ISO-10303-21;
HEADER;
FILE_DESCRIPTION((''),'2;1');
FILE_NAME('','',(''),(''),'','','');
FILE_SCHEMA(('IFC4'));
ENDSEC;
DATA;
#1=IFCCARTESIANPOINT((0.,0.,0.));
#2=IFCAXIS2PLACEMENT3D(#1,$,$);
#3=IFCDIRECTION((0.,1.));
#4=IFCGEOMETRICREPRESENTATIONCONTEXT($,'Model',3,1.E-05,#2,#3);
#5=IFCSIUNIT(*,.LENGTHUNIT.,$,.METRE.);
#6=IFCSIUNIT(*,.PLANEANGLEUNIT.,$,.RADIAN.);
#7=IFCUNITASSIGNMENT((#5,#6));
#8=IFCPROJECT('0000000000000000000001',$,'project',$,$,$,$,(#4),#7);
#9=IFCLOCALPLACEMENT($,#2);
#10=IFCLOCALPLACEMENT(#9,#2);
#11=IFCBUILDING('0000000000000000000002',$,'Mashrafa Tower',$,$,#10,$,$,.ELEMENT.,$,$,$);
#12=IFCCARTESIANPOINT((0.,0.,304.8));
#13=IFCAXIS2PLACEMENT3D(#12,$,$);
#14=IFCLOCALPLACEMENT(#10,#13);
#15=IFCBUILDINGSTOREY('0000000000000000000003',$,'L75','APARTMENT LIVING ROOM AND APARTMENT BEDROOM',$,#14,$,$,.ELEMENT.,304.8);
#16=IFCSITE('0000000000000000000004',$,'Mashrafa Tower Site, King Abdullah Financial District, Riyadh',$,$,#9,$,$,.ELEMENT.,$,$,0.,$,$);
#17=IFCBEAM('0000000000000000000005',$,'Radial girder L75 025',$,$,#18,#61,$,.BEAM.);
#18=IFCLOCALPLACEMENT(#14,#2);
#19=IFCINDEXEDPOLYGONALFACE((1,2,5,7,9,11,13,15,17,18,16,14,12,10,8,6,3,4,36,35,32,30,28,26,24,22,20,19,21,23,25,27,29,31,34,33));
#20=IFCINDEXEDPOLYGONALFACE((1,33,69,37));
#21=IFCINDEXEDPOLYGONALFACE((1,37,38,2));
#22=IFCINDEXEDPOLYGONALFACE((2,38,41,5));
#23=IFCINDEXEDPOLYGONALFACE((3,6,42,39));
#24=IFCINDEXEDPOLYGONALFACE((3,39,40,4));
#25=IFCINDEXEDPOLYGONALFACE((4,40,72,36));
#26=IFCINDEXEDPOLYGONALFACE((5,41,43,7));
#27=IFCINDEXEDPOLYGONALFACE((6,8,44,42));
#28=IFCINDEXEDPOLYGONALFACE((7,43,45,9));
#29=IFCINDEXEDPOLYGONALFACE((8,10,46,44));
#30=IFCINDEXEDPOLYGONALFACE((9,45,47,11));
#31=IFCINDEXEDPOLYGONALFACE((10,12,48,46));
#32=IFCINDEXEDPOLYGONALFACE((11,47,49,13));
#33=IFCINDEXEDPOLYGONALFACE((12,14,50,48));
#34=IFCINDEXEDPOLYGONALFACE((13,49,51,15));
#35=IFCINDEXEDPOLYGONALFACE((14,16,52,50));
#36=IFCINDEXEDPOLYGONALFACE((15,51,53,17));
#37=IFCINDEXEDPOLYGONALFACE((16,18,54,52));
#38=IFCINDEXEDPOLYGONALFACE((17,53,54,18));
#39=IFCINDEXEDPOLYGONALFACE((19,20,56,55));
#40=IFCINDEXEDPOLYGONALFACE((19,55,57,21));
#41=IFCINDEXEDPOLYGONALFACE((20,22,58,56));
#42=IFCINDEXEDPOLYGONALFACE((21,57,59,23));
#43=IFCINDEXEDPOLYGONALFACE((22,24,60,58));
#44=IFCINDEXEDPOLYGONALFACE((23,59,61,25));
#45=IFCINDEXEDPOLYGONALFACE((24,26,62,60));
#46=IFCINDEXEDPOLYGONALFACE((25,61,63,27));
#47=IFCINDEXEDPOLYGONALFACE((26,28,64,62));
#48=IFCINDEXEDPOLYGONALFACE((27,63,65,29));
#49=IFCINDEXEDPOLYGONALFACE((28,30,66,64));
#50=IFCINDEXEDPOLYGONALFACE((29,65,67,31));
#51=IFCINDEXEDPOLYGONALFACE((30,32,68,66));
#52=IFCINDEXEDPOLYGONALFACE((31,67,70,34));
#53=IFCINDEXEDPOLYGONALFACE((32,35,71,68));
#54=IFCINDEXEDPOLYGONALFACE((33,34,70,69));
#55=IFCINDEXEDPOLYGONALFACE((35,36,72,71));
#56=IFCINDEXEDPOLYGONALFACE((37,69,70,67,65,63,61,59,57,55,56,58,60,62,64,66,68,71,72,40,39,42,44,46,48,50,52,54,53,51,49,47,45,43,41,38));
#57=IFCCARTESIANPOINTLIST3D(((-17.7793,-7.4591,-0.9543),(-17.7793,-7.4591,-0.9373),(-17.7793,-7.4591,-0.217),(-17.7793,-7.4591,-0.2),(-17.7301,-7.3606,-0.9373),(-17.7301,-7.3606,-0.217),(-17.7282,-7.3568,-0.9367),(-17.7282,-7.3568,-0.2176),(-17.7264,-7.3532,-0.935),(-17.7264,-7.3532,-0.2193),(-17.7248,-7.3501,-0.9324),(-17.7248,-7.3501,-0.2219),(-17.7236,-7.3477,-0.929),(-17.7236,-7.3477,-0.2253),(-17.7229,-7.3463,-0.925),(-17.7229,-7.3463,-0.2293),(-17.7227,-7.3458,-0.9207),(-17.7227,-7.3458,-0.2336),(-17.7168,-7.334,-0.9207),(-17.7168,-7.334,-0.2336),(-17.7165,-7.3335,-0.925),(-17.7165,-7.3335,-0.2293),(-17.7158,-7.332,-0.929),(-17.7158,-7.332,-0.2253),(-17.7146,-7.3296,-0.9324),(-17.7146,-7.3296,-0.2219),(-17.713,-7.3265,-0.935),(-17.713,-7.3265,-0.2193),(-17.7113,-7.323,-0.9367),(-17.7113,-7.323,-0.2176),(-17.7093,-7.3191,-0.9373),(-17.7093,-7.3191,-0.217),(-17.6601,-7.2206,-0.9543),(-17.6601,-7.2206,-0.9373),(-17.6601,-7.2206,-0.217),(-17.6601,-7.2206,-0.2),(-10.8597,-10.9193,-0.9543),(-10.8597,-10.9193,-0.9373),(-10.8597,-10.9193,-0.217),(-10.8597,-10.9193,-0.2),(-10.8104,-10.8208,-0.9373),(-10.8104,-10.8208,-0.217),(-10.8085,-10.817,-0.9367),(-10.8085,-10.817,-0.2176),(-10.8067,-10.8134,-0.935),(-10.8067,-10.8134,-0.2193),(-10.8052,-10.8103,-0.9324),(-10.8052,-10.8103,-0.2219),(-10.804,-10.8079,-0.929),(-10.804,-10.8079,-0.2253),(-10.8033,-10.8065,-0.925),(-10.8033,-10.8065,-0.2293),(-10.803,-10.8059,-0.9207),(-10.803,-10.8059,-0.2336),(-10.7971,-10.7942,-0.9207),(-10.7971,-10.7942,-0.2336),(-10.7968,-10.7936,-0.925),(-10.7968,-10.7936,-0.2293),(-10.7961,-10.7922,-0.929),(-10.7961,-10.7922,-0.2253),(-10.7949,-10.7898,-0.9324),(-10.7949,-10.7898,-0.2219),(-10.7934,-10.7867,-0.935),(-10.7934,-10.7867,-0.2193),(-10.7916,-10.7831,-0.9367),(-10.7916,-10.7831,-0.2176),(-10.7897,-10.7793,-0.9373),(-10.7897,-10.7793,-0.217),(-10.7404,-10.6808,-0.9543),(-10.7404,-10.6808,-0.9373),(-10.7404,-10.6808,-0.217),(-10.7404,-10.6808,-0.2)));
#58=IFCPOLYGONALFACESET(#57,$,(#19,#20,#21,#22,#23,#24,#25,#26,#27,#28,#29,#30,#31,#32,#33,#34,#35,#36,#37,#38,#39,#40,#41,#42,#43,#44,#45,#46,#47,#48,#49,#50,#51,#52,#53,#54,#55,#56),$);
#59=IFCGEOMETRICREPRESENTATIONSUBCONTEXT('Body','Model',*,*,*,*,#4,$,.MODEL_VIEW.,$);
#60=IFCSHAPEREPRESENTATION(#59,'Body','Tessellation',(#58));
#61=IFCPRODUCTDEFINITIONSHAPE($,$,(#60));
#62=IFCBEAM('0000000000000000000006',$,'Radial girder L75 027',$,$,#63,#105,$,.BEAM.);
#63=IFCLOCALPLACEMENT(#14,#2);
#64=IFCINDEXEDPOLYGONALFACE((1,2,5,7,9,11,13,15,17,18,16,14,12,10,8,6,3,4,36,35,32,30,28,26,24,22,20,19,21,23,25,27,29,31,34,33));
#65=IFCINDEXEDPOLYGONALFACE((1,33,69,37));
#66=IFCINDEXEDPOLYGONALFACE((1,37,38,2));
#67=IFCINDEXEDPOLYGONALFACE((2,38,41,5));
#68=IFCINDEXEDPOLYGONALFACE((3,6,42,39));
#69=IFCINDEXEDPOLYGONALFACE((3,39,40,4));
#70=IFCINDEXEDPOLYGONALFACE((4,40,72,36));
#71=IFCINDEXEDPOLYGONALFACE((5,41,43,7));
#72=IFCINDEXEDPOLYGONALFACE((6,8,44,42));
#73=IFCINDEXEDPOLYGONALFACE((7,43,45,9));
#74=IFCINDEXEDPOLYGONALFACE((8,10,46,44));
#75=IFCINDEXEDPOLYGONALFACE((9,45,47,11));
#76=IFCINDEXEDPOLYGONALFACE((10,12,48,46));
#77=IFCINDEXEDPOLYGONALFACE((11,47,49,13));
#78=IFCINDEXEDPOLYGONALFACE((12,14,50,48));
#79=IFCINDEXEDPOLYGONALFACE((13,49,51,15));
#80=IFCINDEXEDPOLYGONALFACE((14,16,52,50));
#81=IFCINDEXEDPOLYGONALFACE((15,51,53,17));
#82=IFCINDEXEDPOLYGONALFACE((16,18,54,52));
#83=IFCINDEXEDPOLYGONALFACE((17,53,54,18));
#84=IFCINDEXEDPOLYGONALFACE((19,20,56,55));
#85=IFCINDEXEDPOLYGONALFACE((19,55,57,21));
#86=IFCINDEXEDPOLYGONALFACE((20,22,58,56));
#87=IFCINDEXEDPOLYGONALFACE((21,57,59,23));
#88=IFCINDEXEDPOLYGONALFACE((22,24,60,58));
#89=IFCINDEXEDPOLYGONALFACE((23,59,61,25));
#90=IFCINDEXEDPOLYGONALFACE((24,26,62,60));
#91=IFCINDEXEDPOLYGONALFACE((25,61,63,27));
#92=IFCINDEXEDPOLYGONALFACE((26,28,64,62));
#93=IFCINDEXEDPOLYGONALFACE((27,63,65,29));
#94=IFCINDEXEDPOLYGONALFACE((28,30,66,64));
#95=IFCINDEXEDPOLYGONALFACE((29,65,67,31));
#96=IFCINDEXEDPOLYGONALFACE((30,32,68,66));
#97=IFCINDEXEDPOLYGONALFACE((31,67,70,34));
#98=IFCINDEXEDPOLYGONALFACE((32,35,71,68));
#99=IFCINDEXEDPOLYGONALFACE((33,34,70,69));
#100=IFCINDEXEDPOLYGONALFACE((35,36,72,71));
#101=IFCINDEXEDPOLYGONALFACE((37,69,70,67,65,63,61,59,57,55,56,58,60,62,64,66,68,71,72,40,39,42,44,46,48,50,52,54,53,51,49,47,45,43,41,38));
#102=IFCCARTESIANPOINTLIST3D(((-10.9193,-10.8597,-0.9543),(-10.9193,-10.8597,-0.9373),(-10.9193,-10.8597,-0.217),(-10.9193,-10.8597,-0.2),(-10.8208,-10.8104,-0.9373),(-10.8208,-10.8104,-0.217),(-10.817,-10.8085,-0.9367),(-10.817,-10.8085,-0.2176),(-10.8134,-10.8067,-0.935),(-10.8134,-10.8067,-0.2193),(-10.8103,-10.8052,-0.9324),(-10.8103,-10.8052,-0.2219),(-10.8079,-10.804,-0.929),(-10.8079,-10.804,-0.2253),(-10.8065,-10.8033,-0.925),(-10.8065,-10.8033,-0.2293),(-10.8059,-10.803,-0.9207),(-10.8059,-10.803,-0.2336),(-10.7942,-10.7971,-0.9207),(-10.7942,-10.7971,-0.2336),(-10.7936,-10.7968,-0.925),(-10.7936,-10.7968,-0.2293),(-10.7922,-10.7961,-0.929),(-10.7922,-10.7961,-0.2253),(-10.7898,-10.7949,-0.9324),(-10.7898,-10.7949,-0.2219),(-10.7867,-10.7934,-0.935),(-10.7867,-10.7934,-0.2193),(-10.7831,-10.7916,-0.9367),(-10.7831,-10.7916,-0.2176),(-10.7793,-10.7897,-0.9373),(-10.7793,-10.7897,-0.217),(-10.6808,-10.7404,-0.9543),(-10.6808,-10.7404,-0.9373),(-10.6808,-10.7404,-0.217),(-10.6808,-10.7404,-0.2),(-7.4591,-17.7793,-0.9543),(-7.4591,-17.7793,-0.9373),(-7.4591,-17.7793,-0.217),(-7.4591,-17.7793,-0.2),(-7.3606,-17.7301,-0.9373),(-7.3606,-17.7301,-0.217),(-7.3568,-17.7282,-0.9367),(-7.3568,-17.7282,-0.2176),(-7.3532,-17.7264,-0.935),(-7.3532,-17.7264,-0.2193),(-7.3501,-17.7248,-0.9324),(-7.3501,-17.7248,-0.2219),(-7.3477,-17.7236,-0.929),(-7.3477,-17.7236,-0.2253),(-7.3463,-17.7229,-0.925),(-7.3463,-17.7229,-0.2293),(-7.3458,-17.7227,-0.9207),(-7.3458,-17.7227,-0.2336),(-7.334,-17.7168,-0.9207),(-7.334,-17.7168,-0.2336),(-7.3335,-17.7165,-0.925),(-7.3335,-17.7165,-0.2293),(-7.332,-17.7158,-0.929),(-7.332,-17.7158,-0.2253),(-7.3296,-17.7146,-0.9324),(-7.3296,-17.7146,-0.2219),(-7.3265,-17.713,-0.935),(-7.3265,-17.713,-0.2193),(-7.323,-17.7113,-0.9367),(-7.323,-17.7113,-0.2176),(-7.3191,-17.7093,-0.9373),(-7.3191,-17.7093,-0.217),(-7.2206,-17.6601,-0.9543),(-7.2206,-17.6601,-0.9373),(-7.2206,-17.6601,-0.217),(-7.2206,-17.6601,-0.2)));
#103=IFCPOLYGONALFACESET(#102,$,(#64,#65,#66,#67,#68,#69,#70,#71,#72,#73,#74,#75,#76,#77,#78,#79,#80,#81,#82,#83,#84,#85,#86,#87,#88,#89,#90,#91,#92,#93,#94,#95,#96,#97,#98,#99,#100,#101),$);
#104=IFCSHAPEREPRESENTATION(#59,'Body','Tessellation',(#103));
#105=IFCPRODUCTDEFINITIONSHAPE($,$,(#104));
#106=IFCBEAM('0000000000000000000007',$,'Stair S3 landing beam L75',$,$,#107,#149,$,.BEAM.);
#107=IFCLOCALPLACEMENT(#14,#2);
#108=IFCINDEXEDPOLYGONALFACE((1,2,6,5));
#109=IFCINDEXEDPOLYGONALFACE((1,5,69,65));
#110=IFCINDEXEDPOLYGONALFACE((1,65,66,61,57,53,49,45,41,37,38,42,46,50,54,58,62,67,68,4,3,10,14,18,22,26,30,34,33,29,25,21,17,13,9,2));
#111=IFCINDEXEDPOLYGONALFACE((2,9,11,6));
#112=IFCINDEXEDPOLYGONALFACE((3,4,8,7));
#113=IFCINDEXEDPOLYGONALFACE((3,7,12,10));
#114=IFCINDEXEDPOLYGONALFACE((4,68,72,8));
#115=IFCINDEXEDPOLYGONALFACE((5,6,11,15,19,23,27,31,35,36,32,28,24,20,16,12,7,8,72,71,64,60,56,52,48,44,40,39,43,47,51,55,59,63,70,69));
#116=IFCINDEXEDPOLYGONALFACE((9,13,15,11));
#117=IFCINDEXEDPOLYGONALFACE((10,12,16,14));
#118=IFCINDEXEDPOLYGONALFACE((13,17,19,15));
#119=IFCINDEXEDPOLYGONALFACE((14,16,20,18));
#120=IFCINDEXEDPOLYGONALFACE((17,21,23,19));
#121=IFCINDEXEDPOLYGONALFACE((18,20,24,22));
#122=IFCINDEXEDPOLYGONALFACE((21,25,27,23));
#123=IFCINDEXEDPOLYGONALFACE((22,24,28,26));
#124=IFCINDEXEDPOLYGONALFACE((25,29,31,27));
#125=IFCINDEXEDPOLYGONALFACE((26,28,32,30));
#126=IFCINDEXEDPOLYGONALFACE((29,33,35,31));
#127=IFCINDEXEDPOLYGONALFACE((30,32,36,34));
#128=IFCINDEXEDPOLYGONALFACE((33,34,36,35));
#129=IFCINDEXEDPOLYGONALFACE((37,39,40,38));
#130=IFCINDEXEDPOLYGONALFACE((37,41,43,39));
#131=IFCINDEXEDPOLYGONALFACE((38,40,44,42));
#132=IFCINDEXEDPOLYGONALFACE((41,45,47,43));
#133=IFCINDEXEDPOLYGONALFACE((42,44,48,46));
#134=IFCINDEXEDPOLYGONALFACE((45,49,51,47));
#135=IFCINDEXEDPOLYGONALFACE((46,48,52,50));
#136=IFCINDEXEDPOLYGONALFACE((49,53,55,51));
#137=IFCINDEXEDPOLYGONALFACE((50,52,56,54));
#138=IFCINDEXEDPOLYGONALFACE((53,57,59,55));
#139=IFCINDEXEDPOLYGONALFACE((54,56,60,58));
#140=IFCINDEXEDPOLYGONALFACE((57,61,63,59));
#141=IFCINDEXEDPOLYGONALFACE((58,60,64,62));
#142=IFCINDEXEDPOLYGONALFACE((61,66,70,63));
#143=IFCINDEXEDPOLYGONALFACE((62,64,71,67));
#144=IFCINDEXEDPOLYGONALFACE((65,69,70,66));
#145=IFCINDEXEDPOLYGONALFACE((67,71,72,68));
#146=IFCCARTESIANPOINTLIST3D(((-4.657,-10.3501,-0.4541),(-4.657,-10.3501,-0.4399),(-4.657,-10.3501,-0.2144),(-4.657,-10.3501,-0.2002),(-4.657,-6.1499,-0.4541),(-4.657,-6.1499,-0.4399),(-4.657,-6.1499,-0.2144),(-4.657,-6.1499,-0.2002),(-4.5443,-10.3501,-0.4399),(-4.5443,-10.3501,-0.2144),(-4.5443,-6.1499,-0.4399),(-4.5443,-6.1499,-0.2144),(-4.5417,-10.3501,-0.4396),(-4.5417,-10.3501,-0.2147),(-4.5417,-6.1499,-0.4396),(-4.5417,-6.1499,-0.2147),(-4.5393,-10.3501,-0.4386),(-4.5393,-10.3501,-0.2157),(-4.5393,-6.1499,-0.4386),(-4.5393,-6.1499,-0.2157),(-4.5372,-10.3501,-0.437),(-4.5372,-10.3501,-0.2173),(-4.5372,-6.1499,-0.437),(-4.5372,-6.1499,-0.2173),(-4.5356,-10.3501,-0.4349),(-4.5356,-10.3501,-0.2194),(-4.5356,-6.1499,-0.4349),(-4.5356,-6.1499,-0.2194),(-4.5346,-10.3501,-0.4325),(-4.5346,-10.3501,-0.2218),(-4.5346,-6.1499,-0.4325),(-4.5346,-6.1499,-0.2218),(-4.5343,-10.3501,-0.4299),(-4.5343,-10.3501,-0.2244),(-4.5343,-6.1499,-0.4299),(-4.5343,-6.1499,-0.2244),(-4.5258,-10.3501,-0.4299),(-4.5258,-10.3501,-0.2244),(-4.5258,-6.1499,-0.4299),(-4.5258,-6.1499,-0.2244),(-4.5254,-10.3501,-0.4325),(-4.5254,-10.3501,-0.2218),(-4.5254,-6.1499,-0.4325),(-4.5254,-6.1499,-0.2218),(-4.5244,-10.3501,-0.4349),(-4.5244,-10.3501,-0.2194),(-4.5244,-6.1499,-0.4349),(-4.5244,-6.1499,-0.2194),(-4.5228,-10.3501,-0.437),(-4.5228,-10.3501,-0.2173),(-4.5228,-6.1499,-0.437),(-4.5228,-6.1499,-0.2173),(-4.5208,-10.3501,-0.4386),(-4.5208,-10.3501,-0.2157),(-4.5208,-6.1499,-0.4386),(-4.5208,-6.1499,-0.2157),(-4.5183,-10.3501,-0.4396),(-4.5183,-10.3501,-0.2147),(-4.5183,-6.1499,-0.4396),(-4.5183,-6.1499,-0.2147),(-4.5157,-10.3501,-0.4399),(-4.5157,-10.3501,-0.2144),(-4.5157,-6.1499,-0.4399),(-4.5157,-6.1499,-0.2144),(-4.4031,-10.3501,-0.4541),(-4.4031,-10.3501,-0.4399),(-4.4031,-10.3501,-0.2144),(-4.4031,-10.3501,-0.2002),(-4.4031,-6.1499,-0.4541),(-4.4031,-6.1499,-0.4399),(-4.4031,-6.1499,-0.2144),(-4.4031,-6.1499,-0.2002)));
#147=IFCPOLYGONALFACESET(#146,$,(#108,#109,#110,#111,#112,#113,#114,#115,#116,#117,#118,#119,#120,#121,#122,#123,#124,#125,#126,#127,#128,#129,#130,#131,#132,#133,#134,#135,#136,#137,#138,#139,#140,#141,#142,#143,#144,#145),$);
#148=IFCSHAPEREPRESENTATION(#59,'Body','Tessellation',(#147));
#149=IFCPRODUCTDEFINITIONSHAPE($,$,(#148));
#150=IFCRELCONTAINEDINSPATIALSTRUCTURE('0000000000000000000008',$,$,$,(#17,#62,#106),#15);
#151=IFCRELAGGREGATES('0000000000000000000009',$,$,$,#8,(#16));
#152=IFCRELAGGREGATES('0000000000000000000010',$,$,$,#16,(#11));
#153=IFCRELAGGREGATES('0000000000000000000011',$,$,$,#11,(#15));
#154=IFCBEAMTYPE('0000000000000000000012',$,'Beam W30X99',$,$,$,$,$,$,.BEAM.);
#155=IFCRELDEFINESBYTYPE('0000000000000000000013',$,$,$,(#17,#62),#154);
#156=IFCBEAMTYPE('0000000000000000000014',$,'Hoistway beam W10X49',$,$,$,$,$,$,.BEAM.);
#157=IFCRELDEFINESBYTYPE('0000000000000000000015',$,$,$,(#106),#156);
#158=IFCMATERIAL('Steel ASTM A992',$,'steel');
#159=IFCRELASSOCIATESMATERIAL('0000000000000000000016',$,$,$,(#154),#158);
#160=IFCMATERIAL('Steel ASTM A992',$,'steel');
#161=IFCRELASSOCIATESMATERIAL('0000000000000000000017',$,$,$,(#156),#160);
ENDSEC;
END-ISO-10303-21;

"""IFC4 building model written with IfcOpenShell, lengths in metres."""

from ifc_helpers import new_model, si_unit, direction, frame, origin, origin_2d, place, context, subcontext, project, spatial, i_section, extrude, material, material_profile, profile_set, type_object, element, save


model = new_model("IFC4")

# Units and contexts
model_context = context("Model", 3, precision=1e-05, world=origin(), true_north=direction((0.0, 1.0)))
body_context = subcontext(model_context, "Body", "Model", "MODEL_VIEW")
ifc_project = project(units=[si_unit("LENGTHUNIT", "METRE"), si_unit("PLANEANGLEUNIT", "RADIAN")], contexts=[model_context])

# Site, building, storey
site_placement = place(None, origin())
site = spatial("IfcSite", under=ifc_project, at=site_placement, Name="Mashrafa Tower Site, King Abdullah Financial District, Riyadh", CompositionType="ELEMENT", RefElevation=0.0)
building_placement = place(site_placement, origin())
building = spatial("IfcBuilding", under=site, at=building_placement, Name="Mashrafa Tower", CompositionType="ELEMENT")
storey_placement = place(building_placement, frame((0.0, 0.0, 304.8)))
storey = spatial("IfcBuildingStorey", under=building, at=storey_placement, Name="L75", Description="APARTMENT LIVING ROOM AND APARTMENT BEDROOM", CompositionType="ELEMENT", Elevation=304.8)

# Beams
ifc_material_1 = material(Name="Steel ASTM A992", Category="steel")
ifc_material_profile_1 = material_profile(ifc_material_1, i_section(OverallWidth=0.2666, OverallDepth=0.7544, WebThickness=0.0132, FlangeThickness=0.0171, FilletRadius=0.0166, at=origin_2d()), Name="W30X99")
ifc_profile_set_1 = profile_set([ifc_material_profile_1], Name="Steel ASTM A992")
beam_type_1 = type_object("IfcBeamType", Name="Beam W30X99", PredefinedType="BEAM", material=ifc_profile_set_1)
for number, where, z_axis, x_axis, name in (
    (1, (-10.8, -10.8, -0.5771), (-0.894408, 0.447251, 0.0), (-0.447251, -0.894408, 0.0), "Radial girder L75 025"),
    (2, (-10.8, -10.8, -0.5771), (0.447251, -0.894408, 0.0), (0.894408, 0.447251, 0.0), "Radial girder L75 027"),
):
    element("IfcBeam", number, at=place(storey_placement, frame(where, z_axis=z_axis, x_axis=x_axis)), inside=storey, type_object=beam_type_1, Name=name, PredefinedType="BEAM", context=body_context, shape_type="SweptSolid", body=[
        extrude(i_section(OverallWidth=0.2666, OverallDepth=0.7544, WebThickness=0.0132, FlangeThickness=0.0171, FilletRadius=0.0166, at=origin_2d()), origin(), (0.0, 0.0, 1.0), 7.7366),
    ])
ifc_material_2 = material(Name="Steel ASTM A992", Category="steel")
ifc_material_profile_2 = material_profile(ifc_material_2, i_section(OverallWidth=0.2539, OverallDepth=0.2539, WebThickness=0.0085, FlangeThickness=0.0142, FilletRadius=0.01, at=origin_2d()), Name="W10X49")
ifc_profile_set_2 = profile_set([ifc_material_profile_2], Name="Steel ASTM A992")
beam_type_2 = type_object("IfcBeamType", Name="Hoistway beam W10X49", PredefinedType="BEAM", material=ifc_profile_set_2)
beam_1_placement = place(storey_placement, frame((-4.53, -10.3501, -0.3271), z_axis=(0.0, 1.0, 0.0), x_axis=(-1.0, 0.0, 0.0)))
element("IfcBeam", 3, at=beam_1_placement, inside=storey, type_object=beam_type_2, Name="Stair S3 landing beam L75", PredefinedType="BEAM", context=body_context, shape_type="SweptSolid", body=[
    extrude(i_section(OverallWidth=0.2539, OverallDepth=0.2539, WebThickness=0.0085, FlangeThickness=0.0142, FilletRadius=0.01, at=origin_2d()), origin(), (0.0, 0.0, 1.0), 4.2002),
])

save(model, "model.ifc")
